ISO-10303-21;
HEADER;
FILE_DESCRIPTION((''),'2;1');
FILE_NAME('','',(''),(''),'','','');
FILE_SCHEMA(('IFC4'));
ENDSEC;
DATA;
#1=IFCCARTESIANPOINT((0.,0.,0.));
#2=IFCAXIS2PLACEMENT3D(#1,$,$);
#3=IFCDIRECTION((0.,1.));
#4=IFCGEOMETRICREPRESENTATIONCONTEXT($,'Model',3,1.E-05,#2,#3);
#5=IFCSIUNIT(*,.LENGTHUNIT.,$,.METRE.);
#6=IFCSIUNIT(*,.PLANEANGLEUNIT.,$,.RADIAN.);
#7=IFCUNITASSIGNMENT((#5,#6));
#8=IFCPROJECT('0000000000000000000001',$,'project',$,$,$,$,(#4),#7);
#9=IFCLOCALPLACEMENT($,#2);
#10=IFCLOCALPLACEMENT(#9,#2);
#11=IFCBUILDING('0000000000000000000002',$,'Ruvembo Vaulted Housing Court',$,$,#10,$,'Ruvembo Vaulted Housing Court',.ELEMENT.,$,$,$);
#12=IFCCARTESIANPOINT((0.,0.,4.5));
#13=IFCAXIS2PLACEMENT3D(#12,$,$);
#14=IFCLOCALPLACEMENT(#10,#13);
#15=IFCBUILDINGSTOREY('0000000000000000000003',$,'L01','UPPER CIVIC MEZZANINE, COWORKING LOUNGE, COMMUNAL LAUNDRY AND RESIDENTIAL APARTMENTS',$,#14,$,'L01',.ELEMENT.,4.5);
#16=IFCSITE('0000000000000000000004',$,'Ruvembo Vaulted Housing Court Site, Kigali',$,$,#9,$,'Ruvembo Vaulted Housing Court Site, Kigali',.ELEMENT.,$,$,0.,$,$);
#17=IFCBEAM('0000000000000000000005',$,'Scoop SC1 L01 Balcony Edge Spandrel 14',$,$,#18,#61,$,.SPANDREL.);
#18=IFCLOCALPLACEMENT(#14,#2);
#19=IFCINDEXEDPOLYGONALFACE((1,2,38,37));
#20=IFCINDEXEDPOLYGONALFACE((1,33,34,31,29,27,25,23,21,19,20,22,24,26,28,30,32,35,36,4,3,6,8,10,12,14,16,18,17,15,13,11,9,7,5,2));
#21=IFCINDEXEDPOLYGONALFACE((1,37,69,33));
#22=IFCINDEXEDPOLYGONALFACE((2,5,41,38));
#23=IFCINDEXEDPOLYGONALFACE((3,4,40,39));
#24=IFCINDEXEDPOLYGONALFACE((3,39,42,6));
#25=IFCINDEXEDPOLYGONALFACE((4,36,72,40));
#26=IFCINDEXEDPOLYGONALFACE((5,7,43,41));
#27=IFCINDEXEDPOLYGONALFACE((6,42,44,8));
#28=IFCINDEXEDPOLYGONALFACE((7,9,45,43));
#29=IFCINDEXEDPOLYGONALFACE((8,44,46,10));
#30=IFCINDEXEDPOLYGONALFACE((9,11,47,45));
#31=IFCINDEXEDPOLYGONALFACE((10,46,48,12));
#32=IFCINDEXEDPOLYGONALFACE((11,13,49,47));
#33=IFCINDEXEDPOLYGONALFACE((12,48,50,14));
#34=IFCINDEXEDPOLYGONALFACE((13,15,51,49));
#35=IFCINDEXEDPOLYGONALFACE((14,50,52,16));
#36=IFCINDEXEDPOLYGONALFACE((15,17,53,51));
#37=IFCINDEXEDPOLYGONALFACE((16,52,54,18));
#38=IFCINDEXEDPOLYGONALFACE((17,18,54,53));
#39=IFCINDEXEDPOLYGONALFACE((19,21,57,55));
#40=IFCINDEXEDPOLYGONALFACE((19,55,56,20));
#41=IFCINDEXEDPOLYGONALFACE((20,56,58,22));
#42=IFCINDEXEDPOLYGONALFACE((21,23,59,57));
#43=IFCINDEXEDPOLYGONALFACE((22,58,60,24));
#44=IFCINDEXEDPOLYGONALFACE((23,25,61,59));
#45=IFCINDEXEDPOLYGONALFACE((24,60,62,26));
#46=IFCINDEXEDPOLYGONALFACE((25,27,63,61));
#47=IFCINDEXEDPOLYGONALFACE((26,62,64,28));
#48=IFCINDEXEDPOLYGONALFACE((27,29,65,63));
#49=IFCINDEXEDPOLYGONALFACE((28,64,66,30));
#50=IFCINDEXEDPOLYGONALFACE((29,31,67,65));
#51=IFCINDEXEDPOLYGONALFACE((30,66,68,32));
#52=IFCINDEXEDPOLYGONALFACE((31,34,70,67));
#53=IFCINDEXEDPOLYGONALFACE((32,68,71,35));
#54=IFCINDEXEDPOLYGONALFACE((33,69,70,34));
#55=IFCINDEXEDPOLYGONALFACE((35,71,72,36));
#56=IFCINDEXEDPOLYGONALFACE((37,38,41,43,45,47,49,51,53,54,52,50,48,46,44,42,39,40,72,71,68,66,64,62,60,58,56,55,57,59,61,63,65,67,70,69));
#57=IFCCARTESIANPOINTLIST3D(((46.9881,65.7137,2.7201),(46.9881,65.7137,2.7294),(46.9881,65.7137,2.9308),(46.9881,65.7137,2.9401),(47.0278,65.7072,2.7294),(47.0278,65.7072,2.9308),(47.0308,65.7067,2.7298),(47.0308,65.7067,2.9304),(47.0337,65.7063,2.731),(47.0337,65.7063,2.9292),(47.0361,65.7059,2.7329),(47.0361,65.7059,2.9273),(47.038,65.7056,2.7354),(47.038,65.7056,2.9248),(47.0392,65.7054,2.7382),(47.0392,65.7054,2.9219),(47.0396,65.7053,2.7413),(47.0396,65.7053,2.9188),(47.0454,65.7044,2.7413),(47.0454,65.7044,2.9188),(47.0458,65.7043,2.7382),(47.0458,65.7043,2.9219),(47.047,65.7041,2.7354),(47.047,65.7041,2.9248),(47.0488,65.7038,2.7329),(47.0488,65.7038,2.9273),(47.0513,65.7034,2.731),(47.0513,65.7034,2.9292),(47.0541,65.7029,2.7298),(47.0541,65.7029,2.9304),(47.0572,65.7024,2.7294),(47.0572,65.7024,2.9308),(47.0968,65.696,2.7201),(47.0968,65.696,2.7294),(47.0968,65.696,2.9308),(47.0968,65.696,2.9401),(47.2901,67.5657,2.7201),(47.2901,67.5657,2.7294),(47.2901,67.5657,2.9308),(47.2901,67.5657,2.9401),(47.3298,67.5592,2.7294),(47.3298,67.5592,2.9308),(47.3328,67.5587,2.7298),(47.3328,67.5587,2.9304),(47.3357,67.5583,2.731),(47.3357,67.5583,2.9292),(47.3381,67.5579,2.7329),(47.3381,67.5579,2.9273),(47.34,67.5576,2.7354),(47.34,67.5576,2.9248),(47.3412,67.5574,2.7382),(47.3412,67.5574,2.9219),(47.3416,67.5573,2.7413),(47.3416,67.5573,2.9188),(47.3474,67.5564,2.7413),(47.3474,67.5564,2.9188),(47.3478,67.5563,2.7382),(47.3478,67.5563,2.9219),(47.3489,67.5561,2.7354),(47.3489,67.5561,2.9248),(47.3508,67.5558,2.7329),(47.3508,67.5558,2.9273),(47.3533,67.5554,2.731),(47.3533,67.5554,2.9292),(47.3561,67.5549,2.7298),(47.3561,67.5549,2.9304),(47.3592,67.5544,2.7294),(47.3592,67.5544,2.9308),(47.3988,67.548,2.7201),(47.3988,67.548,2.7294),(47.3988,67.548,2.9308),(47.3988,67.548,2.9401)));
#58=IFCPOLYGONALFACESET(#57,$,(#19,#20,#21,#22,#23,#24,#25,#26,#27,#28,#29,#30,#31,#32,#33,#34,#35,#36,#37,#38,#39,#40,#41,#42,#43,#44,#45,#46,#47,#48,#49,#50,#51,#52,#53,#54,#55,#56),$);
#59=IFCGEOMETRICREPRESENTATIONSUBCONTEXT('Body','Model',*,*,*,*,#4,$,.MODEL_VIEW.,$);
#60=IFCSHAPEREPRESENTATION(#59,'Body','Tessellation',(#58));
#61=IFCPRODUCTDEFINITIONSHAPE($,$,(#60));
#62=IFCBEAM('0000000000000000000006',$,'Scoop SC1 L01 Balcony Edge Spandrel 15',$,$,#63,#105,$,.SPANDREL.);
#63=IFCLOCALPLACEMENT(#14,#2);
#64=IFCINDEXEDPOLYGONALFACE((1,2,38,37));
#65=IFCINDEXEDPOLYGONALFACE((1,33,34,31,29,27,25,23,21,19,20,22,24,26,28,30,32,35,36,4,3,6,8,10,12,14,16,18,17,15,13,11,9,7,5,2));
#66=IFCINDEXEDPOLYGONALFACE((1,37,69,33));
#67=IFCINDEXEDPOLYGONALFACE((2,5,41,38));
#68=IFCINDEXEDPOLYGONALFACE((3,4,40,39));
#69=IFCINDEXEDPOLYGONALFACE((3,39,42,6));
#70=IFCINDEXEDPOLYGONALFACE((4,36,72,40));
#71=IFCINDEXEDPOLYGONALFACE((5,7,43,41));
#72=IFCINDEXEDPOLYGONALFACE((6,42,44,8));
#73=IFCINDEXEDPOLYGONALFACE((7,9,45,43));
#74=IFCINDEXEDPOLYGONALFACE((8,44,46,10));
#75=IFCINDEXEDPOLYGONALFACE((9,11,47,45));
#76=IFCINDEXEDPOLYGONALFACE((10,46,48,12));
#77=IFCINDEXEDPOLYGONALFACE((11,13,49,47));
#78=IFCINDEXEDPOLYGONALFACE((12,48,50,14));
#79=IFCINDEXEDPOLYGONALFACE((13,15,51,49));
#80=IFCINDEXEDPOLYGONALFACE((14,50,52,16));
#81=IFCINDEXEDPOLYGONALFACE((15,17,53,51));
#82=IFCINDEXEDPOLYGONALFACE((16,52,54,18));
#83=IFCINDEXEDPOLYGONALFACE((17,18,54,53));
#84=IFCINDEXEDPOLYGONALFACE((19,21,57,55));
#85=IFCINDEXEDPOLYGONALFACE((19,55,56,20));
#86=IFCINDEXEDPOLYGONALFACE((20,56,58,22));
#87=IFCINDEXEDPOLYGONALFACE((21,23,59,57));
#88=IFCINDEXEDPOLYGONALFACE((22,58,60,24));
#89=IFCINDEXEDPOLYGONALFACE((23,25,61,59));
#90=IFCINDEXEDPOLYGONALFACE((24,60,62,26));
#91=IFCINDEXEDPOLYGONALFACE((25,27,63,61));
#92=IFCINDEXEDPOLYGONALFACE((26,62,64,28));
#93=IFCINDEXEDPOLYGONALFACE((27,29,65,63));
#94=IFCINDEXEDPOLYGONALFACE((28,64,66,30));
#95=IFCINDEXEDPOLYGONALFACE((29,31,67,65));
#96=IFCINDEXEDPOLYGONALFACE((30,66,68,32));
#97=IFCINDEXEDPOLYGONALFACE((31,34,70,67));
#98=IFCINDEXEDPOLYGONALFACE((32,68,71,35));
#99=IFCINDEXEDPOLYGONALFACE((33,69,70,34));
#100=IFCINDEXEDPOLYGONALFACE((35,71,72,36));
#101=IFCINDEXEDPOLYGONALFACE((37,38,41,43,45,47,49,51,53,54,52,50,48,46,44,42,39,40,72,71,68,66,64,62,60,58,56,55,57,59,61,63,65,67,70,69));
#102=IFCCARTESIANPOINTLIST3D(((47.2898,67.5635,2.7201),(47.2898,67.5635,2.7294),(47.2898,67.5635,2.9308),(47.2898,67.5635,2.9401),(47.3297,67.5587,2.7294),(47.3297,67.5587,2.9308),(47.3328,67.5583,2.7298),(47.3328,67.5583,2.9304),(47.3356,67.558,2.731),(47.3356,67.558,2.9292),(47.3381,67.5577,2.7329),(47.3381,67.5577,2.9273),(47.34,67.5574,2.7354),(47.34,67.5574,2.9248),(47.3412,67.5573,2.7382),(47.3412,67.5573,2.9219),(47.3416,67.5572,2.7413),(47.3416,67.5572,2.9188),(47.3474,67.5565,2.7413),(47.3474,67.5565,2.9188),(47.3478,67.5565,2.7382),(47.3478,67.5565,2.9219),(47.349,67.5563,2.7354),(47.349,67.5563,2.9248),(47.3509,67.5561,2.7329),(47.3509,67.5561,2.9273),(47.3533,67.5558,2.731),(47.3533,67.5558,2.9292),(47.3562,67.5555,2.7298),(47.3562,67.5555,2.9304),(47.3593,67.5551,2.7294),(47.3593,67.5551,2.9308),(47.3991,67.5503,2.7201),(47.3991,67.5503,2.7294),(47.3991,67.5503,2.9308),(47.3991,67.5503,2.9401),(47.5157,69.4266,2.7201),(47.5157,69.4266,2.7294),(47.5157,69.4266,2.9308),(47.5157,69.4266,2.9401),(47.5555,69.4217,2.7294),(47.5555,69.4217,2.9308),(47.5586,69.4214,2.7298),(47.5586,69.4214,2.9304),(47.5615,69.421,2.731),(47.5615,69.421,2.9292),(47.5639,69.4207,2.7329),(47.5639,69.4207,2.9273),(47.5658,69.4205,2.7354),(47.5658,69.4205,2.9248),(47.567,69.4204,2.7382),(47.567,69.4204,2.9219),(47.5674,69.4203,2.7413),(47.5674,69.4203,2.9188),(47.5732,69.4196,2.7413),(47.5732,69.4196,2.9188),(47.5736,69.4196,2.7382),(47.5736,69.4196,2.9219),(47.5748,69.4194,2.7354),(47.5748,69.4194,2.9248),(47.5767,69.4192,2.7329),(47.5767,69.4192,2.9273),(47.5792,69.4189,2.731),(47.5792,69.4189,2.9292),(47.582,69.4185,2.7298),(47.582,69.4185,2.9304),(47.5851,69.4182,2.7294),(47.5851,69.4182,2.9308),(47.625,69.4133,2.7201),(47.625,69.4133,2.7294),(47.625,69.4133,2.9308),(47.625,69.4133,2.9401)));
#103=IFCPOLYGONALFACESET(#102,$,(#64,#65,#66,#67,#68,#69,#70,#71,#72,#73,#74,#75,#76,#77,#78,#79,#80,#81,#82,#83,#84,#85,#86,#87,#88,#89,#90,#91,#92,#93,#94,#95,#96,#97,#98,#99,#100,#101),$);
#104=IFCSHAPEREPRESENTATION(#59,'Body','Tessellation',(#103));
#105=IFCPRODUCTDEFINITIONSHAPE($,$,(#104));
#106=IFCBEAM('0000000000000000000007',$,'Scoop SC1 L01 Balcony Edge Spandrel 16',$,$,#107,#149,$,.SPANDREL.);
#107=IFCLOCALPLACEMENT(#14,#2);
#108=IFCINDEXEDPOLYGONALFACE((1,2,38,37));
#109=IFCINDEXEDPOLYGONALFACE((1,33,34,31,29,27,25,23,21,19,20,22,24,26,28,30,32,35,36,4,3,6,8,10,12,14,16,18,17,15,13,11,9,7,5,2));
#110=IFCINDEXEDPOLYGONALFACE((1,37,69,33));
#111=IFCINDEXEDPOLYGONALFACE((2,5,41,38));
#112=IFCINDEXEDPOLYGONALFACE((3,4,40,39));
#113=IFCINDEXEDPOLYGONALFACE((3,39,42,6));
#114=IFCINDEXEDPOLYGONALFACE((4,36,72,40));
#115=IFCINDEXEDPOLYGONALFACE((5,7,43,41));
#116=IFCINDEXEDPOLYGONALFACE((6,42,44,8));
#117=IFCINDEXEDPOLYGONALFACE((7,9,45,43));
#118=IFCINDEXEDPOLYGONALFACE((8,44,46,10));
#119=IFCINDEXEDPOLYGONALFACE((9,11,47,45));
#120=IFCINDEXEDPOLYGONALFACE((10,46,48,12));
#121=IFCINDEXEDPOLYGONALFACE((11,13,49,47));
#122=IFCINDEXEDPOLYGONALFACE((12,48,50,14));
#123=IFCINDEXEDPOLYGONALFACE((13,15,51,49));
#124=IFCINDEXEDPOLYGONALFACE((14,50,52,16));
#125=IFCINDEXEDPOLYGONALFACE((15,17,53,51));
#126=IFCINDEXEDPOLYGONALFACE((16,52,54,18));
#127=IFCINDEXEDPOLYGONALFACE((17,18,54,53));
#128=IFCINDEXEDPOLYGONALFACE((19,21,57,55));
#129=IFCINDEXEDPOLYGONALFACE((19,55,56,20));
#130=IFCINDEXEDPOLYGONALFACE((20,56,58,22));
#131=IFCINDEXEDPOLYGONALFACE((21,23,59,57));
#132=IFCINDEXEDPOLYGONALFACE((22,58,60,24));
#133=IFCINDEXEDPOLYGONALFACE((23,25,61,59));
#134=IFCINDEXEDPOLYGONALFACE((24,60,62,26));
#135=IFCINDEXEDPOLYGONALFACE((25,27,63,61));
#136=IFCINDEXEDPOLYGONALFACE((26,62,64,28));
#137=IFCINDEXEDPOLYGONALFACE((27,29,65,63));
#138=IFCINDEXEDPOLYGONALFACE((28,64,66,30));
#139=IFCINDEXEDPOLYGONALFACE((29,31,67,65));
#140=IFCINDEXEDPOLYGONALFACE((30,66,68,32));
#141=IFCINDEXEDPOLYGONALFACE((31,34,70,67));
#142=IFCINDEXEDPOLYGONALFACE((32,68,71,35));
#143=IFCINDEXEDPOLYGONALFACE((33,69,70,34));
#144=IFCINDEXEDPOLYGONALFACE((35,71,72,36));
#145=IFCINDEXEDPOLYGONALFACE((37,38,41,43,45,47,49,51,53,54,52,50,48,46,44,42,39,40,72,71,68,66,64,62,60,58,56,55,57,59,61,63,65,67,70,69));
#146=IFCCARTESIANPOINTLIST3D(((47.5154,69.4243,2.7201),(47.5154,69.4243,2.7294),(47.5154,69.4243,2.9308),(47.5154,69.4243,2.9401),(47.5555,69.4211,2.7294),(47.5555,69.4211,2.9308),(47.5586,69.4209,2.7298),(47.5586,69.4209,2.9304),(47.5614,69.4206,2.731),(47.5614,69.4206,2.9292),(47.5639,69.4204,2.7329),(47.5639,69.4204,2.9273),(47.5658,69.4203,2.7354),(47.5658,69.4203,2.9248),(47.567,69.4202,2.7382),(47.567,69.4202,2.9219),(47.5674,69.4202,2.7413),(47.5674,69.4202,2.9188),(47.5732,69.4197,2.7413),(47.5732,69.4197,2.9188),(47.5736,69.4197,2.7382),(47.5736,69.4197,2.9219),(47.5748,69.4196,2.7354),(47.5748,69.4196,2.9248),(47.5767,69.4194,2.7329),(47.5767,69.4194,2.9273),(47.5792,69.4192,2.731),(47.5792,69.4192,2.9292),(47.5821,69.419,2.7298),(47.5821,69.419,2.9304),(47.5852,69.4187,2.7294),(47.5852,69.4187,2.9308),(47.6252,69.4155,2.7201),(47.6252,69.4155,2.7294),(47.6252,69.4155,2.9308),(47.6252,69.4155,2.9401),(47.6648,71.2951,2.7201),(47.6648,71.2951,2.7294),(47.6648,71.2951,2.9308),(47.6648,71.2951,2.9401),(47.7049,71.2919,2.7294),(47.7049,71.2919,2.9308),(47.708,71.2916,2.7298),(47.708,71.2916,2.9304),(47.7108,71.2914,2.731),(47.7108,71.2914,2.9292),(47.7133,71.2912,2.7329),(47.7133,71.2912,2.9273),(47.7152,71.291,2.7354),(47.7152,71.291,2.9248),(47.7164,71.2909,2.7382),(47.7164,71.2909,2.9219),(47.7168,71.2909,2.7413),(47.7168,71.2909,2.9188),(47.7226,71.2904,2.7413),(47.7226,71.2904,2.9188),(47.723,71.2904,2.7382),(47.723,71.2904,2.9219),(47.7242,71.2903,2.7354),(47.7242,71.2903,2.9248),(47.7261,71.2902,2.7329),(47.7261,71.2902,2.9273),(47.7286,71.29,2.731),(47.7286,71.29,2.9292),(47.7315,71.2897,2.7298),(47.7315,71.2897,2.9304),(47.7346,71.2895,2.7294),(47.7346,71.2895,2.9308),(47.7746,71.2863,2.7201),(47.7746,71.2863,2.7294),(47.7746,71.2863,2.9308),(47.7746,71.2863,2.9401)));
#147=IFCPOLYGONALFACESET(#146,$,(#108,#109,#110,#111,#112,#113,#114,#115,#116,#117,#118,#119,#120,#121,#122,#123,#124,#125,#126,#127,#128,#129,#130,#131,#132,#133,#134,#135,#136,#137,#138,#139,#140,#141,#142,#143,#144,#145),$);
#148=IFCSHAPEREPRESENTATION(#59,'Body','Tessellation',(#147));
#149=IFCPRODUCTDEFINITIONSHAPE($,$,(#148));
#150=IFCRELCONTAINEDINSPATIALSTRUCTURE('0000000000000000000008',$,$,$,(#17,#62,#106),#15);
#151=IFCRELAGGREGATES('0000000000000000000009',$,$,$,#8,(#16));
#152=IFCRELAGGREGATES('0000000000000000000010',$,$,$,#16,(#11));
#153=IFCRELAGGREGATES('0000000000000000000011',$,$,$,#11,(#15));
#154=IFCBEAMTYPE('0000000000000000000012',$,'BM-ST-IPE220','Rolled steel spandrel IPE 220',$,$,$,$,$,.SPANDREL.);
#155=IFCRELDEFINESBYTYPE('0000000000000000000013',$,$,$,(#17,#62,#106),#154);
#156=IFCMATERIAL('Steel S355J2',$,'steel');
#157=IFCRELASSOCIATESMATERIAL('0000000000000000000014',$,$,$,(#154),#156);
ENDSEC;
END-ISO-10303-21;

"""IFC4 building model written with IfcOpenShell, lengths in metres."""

from ifc_helpers import new_model, si_unit, direction, frame, origin, origin_2d, place, context, subcontext, project, spatial, i_section, extrude, material, material_profile, profile_set, type_object, element, save


model = new_model("IFC4")

# Units and contexts
model_context = context("Model", 3, precision=1e-05, world=origin(), true_north=direction((0.0, 1.0)))
body_context = subcontext(model_context, "Body", "Model", "MODEL_VIEW")
ifc_project = project(units=[si_unit("LENGTHUNIT", "METRE"), si_unit("PLANEANGLEUNIT", "RADIAN")], contexts=[model_context])

# Site, building, storey
site_placement = place(None, origin())
site = spatial("IfcSite", under=ifc_project, at=site_placement, Name="Ruvembo Vaulted Housing Court Site, Kigali", LongName="Ruvembo Vaulted Housing Court Site, Kigali", CompositionType="ELEMENT", RefElevation=0.0)
building_placement = place(site_placement, origin())
building = spatial("IfcBuilding", under=site, at=building_placement, Name="Ruvembo Vaulted Housing Court", LongName="Ruvembo Vaulted Housing Court", CompositionType="ELEMENT")
storey_placement = place(building_placement, frame((0.0, 0.0, 4.5)))
storey = spatial("IfcBuildingStorey", under=building, at=storey_placement, Name="L01", Description="UPPER CIVIC MEZZANINE, COWORKING LOUNGE, COMMUNAL LAUNDRY AND RESIDENTIAL APARTMENTS", LongName="L01", CompositionType="ELEMENT", Elevation=4.5)

# Beams
ifc_material_1 = material(Name="Steel S355J2", Category="steel")
ifc_material_profile_1 = material_profile(ifc_material_1, i_section(OverallWidth=0.1101, OverallDepth=0.22, WebThickness=0.0059, FlangeThickness=0.0093, FilletRadius=0.012, at=origin_2d()), Name="IPE 220")
ifc_profile_set_1 = profile_set([ifc_material_profile_1], Name="Steel S355J2")
beam_type = type_object("IfcBeamType", Name="BM-ST-IPE220", Description="Rolled steel spandrel IPE 220", PredefinedType="SPANDREL", material=ifc_profile_set_1)
beam_placement = place(storey_placement, frame((47.0425, 65.7048, 2.8301), z_axis=(0.160938, 0.986965, 0.0), x_axis=(-0.986965, 0.160938, 0.0)))
element("IfcBeam", 1, at=beam_placement, inside=storey, type_object=beam_type, Name="Scoop SC1 L01 Balcony Edge Spandrel 14", PredefinedType="SPANDREL", context=body_context, shape_type="SweptSolid", body=[
    extrude(i_section(OverallWidth=0.1101, OverallDepth=0.22, WebThickness=0.0059, FlangeThickness=0.0093, FilletRadius=0.012, at=origin_2d()), origin(), (0.0, 0.0, 1.0), 1.8765),
])
for number, where, z_axis, x_axis, name in (
    (2, (47.3445, 67.5569, 2.8301), (0.120335, 0.992733, 0.0), (-0.992733, 0.120335, 0.0), "Scoop SC1 L01 Balcony Edge Spandrel 15"),
    (3, (47.5703, 69.4199, 2.8301), (0.079611, 0.996826, 0.0), (-0.996826, 0.079611, 0.0), "Scoop SC1 L01 Balcony Edge Spandrel 16"),
):
    element("IfcBeam", number, at=place(storey_placement, frame(where, z_axis=z_axis, x_axis=x_axis)), inside=storey, type_object=beam_type, Name=name, PredefinedType="SPANDREL", context=body_context, shape_type="SweptSolid", body=[
        extrude(i_section(OverallWidth=0.1101, OverallDepth=0.22, WebThickness=0.0059, FlangeThickness=0.0093, FilletRadius=0.012, at=origin_2d()), origin(), (0.0, 0.0, 1.0), 1.8767),
    ])

save(model, "model.ifc")
